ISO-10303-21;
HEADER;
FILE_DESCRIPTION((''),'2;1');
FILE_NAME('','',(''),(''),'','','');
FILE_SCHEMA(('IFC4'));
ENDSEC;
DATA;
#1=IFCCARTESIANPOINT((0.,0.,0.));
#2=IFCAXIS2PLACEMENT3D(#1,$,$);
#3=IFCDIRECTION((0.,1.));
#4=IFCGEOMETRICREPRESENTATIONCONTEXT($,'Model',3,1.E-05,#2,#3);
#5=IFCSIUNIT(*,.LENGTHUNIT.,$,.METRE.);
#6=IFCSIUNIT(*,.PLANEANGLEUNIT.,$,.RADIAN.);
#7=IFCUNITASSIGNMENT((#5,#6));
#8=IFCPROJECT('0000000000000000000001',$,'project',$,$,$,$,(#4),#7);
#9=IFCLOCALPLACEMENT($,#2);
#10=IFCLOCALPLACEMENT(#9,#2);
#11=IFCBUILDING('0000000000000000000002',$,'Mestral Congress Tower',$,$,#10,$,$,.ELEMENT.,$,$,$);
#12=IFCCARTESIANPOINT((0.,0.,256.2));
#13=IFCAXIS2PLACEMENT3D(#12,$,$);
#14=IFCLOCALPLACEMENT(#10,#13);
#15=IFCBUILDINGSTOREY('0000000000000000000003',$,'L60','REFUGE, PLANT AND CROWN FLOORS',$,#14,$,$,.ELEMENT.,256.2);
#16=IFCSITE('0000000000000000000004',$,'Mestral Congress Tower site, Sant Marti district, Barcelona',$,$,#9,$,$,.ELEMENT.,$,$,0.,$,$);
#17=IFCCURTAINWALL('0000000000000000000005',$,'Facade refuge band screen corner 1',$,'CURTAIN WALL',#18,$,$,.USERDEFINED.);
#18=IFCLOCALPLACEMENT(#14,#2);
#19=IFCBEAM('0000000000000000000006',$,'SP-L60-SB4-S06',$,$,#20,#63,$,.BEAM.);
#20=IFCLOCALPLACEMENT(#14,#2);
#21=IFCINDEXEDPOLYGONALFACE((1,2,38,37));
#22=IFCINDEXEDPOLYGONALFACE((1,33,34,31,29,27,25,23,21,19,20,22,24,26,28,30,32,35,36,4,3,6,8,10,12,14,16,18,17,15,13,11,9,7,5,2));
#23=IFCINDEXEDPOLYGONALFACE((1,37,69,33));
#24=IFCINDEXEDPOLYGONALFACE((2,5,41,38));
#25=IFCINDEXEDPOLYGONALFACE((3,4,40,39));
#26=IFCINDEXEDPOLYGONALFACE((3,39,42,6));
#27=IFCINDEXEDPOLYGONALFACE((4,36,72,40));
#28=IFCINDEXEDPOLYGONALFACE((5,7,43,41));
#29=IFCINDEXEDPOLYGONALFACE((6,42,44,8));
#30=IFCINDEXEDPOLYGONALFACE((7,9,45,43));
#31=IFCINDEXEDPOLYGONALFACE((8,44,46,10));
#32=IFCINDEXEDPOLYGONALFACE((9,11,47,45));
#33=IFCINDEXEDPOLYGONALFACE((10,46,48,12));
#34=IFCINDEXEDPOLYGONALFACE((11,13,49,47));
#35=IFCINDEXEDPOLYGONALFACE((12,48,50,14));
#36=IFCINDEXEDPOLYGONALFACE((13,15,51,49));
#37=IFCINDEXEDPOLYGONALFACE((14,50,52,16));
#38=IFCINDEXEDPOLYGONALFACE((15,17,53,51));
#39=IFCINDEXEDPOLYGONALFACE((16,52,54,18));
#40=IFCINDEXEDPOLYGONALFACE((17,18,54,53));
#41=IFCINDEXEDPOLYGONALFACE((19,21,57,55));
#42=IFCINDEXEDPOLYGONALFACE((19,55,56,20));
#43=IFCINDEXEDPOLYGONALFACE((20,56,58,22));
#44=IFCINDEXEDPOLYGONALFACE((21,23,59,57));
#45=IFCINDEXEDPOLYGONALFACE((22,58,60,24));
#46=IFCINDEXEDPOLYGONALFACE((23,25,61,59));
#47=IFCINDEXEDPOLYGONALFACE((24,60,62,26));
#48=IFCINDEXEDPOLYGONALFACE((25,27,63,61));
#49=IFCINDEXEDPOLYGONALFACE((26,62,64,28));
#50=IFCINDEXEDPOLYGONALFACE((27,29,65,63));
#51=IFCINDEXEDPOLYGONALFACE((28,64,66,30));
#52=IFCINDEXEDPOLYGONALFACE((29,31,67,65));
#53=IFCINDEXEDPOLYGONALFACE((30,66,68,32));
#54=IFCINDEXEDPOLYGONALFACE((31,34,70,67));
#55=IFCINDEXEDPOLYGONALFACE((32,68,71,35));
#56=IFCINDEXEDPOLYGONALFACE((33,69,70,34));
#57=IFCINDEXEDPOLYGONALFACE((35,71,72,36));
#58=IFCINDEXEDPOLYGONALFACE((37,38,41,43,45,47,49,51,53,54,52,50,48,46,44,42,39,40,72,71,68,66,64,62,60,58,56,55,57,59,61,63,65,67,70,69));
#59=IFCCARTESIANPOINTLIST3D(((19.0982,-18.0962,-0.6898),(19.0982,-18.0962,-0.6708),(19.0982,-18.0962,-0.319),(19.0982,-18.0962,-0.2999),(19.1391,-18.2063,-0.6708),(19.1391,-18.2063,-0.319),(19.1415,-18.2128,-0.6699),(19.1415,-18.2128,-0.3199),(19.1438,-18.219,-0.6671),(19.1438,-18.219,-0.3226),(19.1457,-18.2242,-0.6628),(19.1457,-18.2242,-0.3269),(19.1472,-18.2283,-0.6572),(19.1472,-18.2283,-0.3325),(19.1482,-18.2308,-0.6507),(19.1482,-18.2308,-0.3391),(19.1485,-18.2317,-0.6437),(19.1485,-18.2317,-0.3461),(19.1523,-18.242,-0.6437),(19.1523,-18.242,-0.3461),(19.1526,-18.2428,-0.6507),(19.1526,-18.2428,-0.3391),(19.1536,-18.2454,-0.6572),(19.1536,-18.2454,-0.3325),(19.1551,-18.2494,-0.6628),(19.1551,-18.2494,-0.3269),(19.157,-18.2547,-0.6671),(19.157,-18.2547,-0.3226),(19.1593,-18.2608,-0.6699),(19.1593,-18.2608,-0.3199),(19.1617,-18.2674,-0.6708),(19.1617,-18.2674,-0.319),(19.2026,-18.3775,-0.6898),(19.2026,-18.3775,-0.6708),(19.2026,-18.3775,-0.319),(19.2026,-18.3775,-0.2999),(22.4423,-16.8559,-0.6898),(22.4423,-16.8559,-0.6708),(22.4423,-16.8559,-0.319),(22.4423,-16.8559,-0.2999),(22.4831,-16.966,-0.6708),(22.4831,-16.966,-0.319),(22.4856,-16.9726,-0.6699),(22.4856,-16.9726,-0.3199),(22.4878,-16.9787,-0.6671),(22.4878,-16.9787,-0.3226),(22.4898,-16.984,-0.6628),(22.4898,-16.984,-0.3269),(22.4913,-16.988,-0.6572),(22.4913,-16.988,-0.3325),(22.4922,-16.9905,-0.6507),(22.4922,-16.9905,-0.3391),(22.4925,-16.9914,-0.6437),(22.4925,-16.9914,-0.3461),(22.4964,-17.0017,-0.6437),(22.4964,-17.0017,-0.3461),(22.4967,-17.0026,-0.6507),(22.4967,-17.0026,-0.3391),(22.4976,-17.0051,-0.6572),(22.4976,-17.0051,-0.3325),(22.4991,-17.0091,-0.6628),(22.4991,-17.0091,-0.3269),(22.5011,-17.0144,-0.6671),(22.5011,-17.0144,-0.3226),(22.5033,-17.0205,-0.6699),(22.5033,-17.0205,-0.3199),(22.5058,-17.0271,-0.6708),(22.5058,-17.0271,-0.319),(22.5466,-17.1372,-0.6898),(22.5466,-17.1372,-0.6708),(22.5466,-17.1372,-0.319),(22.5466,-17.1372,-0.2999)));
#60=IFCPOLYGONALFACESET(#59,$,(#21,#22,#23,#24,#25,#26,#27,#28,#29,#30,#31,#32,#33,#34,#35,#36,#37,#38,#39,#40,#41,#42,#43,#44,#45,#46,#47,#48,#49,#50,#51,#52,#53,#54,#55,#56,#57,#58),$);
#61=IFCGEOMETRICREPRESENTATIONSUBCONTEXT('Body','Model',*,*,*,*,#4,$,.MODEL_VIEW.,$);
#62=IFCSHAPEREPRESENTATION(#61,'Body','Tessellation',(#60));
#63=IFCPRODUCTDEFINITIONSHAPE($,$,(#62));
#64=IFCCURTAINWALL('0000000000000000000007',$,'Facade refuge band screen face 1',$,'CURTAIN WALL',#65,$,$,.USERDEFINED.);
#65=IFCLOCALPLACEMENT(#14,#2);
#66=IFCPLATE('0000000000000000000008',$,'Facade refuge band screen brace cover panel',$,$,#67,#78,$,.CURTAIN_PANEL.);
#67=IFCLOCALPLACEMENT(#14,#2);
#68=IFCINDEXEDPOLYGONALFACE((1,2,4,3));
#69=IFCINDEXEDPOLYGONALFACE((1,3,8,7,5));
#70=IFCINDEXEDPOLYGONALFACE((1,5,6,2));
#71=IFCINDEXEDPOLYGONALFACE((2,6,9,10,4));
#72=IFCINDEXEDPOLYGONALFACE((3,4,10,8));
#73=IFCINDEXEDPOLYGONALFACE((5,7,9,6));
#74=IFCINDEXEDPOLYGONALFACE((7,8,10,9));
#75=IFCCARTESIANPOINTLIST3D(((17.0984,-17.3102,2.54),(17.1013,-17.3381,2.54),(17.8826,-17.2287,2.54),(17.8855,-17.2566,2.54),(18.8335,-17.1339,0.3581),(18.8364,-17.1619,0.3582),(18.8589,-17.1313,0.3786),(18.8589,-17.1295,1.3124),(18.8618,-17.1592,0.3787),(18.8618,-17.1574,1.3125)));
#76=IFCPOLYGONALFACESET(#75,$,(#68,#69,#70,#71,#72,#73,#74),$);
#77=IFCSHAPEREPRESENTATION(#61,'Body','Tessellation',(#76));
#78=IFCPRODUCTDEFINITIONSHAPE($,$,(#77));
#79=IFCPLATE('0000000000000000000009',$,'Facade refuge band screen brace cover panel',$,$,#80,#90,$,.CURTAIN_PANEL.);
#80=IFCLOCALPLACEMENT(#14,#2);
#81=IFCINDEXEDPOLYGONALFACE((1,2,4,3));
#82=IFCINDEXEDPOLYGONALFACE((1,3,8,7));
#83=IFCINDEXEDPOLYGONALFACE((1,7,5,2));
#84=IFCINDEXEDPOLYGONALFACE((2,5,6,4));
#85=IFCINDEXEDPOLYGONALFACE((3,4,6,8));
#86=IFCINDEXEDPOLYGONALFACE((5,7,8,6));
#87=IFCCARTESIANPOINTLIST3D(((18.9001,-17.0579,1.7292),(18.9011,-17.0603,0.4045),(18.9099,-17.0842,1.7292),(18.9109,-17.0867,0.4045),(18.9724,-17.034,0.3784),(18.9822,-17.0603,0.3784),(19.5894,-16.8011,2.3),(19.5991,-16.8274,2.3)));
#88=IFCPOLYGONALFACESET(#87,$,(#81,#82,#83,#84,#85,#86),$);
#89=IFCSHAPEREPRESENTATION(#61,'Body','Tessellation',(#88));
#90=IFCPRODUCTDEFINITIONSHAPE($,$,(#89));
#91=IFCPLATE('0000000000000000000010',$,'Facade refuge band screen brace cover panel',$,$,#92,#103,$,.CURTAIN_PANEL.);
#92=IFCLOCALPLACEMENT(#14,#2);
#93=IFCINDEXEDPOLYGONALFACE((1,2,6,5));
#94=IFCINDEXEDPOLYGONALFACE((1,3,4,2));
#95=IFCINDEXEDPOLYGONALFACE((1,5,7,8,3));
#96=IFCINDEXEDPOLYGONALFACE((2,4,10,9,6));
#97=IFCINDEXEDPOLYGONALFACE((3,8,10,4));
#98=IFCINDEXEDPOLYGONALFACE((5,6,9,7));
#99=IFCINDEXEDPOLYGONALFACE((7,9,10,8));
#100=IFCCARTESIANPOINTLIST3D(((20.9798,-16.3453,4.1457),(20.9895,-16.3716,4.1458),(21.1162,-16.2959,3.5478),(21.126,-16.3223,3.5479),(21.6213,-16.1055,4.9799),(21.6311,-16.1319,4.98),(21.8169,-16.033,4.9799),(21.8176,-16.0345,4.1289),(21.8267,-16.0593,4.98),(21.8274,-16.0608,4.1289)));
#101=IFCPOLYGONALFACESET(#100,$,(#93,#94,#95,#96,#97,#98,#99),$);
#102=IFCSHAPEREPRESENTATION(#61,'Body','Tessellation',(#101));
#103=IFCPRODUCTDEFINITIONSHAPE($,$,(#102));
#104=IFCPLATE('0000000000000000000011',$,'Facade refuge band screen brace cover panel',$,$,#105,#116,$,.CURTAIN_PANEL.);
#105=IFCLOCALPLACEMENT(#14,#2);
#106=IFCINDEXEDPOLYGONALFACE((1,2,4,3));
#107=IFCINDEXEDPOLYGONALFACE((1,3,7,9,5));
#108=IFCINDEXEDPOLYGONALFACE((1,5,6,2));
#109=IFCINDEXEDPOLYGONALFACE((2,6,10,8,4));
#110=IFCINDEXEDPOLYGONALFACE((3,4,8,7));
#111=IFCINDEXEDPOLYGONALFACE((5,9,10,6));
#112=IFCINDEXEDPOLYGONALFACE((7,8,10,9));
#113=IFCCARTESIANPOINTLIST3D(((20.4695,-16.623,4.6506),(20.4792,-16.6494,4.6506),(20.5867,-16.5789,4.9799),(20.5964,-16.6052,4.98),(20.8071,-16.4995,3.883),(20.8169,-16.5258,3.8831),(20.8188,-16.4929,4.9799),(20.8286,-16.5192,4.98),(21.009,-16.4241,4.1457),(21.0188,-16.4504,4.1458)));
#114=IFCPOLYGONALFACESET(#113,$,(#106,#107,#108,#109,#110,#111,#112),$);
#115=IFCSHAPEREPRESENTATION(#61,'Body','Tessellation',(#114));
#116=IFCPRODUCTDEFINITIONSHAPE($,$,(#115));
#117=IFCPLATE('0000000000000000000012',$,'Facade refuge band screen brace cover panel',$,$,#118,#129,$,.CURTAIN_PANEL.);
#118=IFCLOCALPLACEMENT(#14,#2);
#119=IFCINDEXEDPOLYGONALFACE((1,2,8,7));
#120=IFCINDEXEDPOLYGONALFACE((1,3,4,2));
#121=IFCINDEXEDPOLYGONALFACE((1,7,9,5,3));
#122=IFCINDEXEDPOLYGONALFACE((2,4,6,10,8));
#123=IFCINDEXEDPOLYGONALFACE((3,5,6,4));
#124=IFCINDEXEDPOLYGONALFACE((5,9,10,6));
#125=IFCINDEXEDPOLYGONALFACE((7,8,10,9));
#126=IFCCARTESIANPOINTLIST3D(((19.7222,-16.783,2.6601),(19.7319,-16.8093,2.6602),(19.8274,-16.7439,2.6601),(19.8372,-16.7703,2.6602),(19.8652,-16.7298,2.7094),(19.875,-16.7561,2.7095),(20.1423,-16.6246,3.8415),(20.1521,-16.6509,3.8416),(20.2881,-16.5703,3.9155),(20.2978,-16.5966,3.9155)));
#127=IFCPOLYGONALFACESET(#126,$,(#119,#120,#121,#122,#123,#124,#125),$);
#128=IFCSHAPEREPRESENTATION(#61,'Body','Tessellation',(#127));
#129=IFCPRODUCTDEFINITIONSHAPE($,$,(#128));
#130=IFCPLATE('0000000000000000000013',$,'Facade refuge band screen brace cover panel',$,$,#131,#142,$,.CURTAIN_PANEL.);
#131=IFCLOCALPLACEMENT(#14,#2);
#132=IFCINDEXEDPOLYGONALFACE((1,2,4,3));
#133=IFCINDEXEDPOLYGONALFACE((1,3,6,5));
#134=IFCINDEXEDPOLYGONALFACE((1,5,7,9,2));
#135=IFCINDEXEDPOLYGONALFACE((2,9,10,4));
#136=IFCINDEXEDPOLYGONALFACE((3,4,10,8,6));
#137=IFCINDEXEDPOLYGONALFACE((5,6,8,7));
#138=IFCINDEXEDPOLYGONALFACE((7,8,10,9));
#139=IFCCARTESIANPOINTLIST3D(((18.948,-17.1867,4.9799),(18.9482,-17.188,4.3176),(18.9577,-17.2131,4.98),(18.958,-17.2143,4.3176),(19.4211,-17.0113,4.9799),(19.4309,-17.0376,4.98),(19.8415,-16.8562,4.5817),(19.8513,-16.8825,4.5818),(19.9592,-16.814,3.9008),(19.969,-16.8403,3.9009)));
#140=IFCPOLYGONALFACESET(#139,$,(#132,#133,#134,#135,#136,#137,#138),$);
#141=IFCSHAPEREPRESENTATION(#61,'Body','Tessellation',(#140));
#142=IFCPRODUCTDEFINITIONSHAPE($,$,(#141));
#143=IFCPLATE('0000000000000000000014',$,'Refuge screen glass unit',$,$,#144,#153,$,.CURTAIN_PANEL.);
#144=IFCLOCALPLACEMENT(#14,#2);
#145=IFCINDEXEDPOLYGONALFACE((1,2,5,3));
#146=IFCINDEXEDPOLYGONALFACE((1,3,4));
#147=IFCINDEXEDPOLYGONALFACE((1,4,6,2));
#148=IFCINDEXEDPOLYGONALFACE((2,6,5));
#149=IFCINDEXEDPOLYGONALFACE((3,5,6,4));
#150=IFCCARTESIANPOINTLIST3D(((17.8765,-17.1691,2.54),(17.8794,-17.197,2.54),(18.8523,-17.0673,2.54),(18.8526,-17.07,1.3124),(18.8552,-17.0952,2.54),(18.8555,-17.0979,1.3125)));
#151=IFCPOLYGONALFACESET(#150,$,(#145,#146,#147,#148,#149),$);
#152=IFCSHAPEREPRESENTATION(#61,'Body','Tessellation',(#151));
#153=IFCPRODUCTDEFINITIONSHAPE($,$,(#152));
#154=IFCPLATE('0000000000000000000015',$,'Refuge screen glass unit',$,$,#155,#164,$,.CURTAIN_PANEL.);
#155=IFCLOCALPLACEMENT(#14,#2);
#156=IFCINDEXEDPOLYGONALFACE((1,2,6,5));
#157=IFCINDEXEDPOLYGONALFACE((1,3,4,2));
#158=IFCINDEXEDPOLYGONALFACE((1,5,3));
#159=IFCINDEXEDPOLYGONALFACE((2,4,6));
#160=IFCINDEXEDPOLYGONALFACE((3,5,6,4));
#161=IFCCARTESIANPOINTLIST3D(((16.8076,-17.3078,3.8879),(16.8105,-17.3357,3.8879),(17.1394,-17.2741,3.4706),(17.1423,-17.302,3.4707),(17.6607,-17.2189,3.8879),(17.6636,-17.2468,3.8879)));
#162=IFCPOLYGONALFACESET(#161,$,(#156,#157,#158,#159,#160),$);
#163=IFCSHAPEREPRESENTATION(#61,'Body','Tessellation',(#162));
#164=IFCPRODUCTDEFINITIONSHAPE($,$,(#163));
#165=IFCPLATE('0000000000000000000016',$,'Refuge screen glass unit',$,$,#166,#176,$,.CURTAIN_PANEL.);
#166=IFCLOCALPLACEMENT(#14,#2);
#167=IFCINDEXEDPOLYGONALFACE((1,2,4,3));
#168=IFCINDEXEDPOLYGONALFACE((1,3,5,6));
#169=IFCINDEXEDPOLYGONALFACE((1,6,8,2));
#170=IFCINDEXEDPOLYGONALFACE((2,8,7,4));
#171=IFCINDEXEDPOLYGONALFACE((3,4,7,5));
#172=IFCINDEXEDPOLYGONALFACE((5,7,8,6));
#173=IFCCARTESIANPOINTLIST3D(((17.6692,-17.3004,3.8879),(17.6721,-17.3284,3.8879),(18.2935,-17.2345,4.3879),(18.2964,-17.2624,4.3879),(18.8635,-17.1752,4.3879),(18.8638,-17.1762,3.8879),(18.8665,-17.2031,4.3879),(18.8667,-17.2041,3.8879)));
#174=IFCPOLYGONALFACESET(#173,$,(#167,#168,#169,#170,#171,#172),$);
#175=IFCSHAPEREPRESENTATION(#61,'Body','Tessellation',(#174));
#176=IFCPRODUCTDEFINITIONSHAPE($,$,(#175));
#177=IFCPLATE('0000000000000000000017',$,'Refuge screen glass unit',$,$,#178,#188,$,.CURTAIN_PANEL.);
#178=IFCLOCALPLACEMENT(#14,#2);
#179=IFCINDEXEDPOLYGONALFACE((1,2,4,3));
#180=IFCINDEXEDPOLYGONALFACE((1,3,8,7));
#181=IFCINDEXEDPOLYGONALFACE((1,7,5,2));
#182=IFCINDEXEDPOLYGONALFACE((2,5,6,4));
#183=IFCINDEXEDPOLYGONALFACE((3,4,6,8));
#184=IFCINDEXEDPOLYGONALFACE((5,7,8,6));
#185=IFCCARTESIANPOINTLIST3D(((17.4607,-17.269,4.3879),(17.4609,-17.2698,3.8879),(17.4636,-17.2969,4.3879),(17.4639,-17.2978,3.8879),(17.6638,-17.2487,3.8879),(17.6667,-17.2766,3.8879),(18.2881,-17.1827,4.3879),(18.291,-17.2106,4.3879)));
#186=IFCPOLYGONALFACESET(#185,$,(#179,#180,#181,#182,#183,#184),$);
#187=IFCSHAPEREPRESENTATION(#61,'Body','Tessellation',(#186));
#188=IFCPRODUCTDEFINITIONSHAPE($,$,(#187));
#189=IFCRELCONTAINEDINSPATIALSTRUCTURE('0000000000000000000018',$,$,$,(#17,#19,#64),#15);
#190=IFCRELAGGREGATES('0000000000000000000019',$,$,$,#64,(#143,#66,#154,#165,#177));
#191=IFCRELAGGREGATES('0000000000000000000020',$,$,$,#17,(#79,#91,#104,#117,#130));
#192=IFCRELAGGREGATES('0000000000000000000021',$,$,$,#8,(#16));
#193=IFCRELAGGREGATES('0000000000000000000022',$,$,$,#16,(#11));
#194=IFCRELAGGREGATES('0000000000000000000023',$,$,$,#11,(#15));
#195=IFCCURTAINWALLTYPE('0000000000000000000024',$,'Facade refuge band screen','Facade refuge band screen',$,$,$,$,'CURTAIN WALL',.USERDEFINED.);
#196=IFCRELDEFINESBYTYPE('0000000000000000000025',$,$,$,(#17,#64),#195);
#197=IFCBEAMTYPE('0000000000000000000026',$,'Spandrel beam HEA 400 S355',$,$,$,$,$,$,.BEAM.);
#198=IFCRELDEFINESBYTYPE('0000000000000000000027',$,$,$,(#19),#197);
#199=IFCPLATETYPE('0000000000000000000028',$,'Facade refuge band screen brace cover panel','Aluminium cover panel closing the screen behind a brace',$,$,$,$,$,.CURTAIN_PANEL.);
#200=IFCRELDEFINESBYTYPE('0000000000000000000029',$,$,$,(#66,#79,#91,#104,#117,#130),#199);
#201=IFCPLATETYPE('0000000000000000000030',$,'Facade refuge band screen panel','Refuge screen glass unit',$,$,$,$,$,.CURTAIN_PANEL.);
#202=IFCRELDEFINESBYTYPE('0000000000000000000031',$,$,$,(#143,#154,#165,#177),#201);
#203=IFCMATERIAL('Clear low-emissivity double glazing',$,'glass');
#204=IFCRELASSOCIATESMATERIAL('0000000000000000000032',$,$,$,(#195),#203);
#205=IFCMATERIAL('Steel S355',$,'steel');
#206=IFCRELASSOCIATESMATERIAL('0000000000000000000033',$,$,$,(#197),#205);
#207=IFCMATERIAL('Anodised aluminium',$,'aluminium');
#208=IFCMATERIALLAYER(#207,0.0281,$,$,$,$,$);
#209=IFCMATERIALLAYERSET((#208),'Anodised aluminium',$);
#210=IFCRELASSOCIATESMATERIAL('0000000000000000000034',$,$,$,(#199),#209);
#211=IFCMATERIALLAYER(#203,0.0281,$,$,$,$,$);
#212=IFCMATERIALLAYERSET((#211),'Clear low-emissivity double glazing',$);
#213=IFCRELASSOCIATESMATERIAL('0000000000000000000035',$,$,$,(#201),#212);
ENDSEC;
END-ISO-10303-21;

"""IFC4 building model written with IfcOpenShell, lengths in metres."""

from ifc_helpers import new_model, si_unit, direction, frame, origin, origin_2d, place, context, subcontext, project, spatial, polyline, i_section, outline, extrude, material, layer, layer_set, material_profile, profile_set, type_object, element, aggregate, save


model = new_model("IFC4")

# Units and contexts
model_context = context("Model", 3, precision=1e-05, world=origin(), true_north=direction((0.0, 1.0)))
body_context = subcontext(model_context, "Body", "Model", "MODEL_VIEW")
ifc_project = project(units=[si_unit("LENGTHUNIT", "METRE"), si_unit("PLANEANGLEUNIT", "RADIAN")], contexts=[model_context])

# Site, building, storey
site_placement = place(None, origin())
site = spatial("IfcSite", under=ifc_project, at=site_placement, Name="Mestral Congress Tower site, Sant Marti district, Barcelona", CompositionType="ELEMENT", RefElevation=0.0)
building_placement = place(site_placement, origin())
building = spatial("IfcBuilding", under=site, at=building_placement, Name="Mestral Congress Tower", CompositionType="ELEMENT")
storey_placement = place(building_placement, frame((0.0, 0.0, 256.2)))
storey = spatial("IfcBuildingStorey", under=building, at=storey_placement, Name="L60", Description="REFUGE, PLANT AND CROWN FLOORS", CompositionType="ELEMENT", Elevation=256.2)

# Shared definitions
ifc_material_1 = material(Name="Steel S355", Category="steel")

# Curtain wall
ifc_material_2 = material(Name="Clear low-emissivity double glazing", Category="glass")
curtain_wall_type = type_object("IfcCurtainWallType", Name="Facade refuge band screen", Description="Facade refuge band screen", ElementType="CURTAIN WALL", PredefinedType="USERDEFINED", material=ifc_material_2)
placement = place(storey_placement, origin())
curtain_wall_1 = element("IfcCurtainWall", 1, at=placement, inside=storey, type_object=curtain_wall_type, Name="Facade refuge band screen corner 1", ObjectType="CURTAIN WALL", PredefinedType="USERDEFINED")
ifc_material_3 = material(Name="Anodised aluminium", Category="aluminium")

# Beam
ifc_material_profile_1 = material_profile(ifc_material_1, i_section(OverallWidth=0.3, OverallDepth=0.3899, WebThickness=0.011, FlangeThickness=0.019, FilletRadius=0.0271, at=origin_2d()), Name="HEA 400")
ifc_profile_set_1 = profile_set([ifc_material_profile_1], Name="Steel S355")
beam_type_1 = type_object("IfcBeamType", Name="Spandrel beam HEA 400 S355", PredefinedType="BEAM", material=ifc_profile_set_1)
beam_1_placement = place(storey_placement, frame((19.1504, -18.2368, -0.4949), z_axis=(0.937592, 0.347738, 0.0), x_axis=(-0.347738, 0.937592, 0.0)))
element("IfcBeam", 2, at=beam_1_placement, inside=storey, type_object=beam_type_1, Name="SP-L60-SB4-S06", PredefinedType="BEAM", context=body_context, shape_type="SweptSolid", body=[
    extrude(i_section(OverallWidth=0.3, OverallDepth=0.3899, WebThickness=0.011, FlangeThickness=0.019, FilletRadius=0.0271, at=origin_2d()), origin(), (0.0, 0.0, 1.0), 3.5667),
])

# Curtain wall, plate
curtain_wall_2 = element("IfcCurtainWall", 3, at=placement, inside=storey, type_object=curtain_wall_type, Name="Facade refuge band screen face 1", ObjectType="CURTAIN WALL", PredefinedType="USERDEFINED")
ifc_layer_1 = layer(ifc_material_3, 0.0281)
ifc_layer_set_1 = layer_set([ifc_layer_1], Name="Anodised aluminium")
plate_type_1 = type_object("IfcPlateType", Name="Facade refuge band screen brace cover panel", Description="Aluminium cover panel closing the screen behind a brace", PredefinedType="CURTAIN_PANEL", material=ifc_layer_set_1)
plate_1_placement = place(storey_placement, frame((18.8618, -17.1592, 0.3787), z_axis=(0.103379, -0.99464, 0.001872), x_axis=(-0.775346, -0.081765, -0.626221)))
plate_1 = element("IfcPlate", 4, at=plate_1_placement, type_object=plate_type_1, Name="Facade refuge band screen brace cover panel", PredefinedType="CURTAIN_PANEL", context=body_context, shape_type="SweptSolid", body=[
    extrude(outline(polyline([(0.0, 0.0), (0.0327, 0.0), (0.0261, -2.7933), (-0.5886, -2.2995), (-0.5849, -0.728), (0.0, 0.0)])), origin(), (0.0, 0.0, -1.0), 0.0281),
])

# Plates
plate_2_placement = place(storey_placement, frame((18.9109, -17.0867, 0.4045), z_axis=(0.347723, -0.937595, 0.001996), x_axis=(-0.000741, 0.001854, 0.999998)))
plate_2 = element("IfcPlate", 5, at=plate_2_placement, type_object=plate_type_1, Name="Facade refuge band screen brace cover panel", PredefinedType="CURTAIN_PANEL", context=body_context, shape_type="SweptSolid", body=[
    extrude(outline(polyline([(0.0, 0.0), (1.3247, 0.0), (1.8955, -0.7355), (-0.0261, -0.076), (0.0, 0.0)])), origin(), (0.0, 0.0, -1.0), 0.0281),
])
plate_3_placement = place(storey_placement, frame((21.126, -16.3223, 3.5479), z_axis=(0.347785, -0.937572, 0.001984), x_axis=(-0.221794, -0.080216, 0.971788)))
plate_3 = element("IfcPlate", 6, at=plate_3_placement, type_object=plate_type_1, Name="Facade refuge band screen brace cover panel", PredefinedType="CURTAIN_PANEL", context=body_context, shape_type="SweptSolid", body=[
    extrude(outline(polyline([(0.0, 0.0), (0.6153, 0.0), (1.2644, -0.8624), (1.2152, -1.065), (0.3881, -0.8645), (0.0, 0.0)])), origin(), (0.0, 0.0, -1.0), 0.0281),
])
plate_4_placement = place(storey_placement, frame((20.5964, -16.6052, 4.98), z_axis=(0.34753, -0.937667, 0.001966), x_axis=(0.937669, 0.34753, -0.000001)))
plate_4 = element("IfcPlate", 7, at=plate_4_placement, type_object=plate_type_1, Name="Facade refuge band screen brace cover panel", PredefinedType="CURTAIN_PANEL", context=body_context, shape_type="SweptSolid", body=[
    extrude(outline(polyline([(0.0, 0.0), (0.2476, 0.0), (0.4498, -0.8342), (0.2343, -1.0969), (-0.1252, -0.3293), (0.0, 0.0)])), origin(), (0.0, 0.0, -1.0), 0.0281),
])
plate_5_placement = place(storey_placement, frame((20.1521, -16.6509, 3.8416), z_axis=(0.347857, -0.937546, 0.002001), x_axis=(0.846333, 0.314931, 0.429581)))
plate_5 = element("IfcPlate", 8, at=plate_5_placement, type_object=plate_type_1, Name="Facade refuge band screen brace cover panel", PredefinedType="CURTAIN_PANEL", context=body_context, shape_type="SweptSolid", body=[
    extrude(outline(polyline([(0.0, 0.0), (0.1722, 0.0), (-0.754, -0.895), (-0.8116, -0.9222), (-0.913, -0.8739), (0.0, 0.0)])), origin(), (0.0, 0.0, -1.0), 0.0281),
])
plate_6_placement = place(storey_placement, frame((19.4309, -17.0376, 4.98), z_axis=(0.347701, -0.937603, 0.001936), x_axis=(0.701301, 0.258699, -0.664268)))
plate_6 = element("IfcPlate", 9, at=plate_6_placement, type_object=plate_type_1, Name="Facade refuge band screen brace cover panel", PredefinedType="CURTAIN_PANEL", context=body_context, shape_type="SweptSolid", body=[
    extrude(outline(polyline([(0.0, 0.0), (0.5994, 0.0), (1.1452, -0.4259), (0.0626, -0.8305), (-0.3772, -0.3352), (0.0, 0.0)])), origin(), (0.0, 0.0, -1.0), 0.0281),
])
ifc_layer_2 = layer(ifc_material_2, 0.0281)
ifc_layer_set_2 = layer_set([ifc_layer_2], Name="Clear low-emissivity double glazing")
plate_type_2 = type_object("IfcPlateType", Name="Facade refuge band screen panel", Description="Refuge screen glass unit", PredefinedType="CURTAIN_PANEL", material=ifc_layer_set_2)
plate_7_placement = place(storey_placement, frame((18.8552, -17.0952, 2.54), z_axis=(0.103765, -0.994599, 0.002197), x_axis=(0.000199, -0.002188, -0.999998)))
plate_7 = element("IfcPlate", 10, at=plate_7_placement, type_object=plate_type_2, Name="Refuge screen glass unit", PredefinedType="CURTAIN_PANEL", context=body_context, shape_type="SweptSolid", body=[
    extrude(outline(polyline([(0.0, 0.0), (1.2275, 0.0), (0.0, -0.9811), (0.0, 0.0)])), origin(), (0.0, 0.0, -1.0), 0.0281),
])
plate_8_placement = place(storey_placement, frame((17.6636, -17.2468, 3.8879), z_axis=(0.103618, -0.994615, 0.002083), x_axis=(-0.778038, -0.082359, -0.622795)))
plate_8 = element("IfcPlate", 11, at=plate_8_placement, type_object=plate_type_2, Name="Refuge screen glass unit", PredefinedType="CURTAIN_PANEL", context=body_context, shape_type="SweptSolid", body=[
    extrude(outline(polyline([(0.0, 0.0), (0.6699, 0.0), (0.671, -0.5341), (0.0, 0.0)])), origin(), (0.0, 0.0, -1.0), 0.0281),
])
plate_9_placement = place(storey_placement, frame((18.8665, -17.2031, 4.3879), z_axis=(0.103481, -0.994629, 0.001961), x_axis=(0.000485, -0.001921, -0.999998)))
plate_9 = element("IfcPlate", 12, at=plate_9_placement, type_object=plate_type_2, Name="Refuge screen glass unit", PredefinedType="CURTAIN_PANEL", context=body_context, shape_type="SweptSolid", body=[
    extrude(outline(polyline([(0.0, 0.0), (0.5, 0.0), (0.4997, -1.201), (-0.0002, -0.5731), (0.0, 0.0)])), origin(), (0.0, 0.0, -1.0), 0.0281),
])
plate_10_placement = place(storey_placement, frame((17.6667, -17.2766, 3.8879), z_axis=(0.103703, -0.994607, 0.001821), x_axis=(-0.994608, -0.103703, -0.000001)))
plate_10 = element("IfcPlate", 13, at=plate_10_placement, type_object=plate_type_2, Name="Refuge screen glass unit", PredefinedType="CURTAIN_PANEL", context=body_context, shape_type="SweptSolid", body=[
    extrude(outline(polyline([(0.0, 0.0), (0.204, 0.0), (0.2041, -0.5), (-0.6277, -0.5), (0.0, 0.0)])), origin(), (0.0, 0.0, -1.0), 0.0281),
])

aggregate(curtain_wall_2, [plate_7, plate_1, plate_8, plate_9, plate_10])
aggregate(curtain_wall_1, [plate_2, plate_3, plate_4, plate_5, plate_6])

save(model, "model.ifc")
